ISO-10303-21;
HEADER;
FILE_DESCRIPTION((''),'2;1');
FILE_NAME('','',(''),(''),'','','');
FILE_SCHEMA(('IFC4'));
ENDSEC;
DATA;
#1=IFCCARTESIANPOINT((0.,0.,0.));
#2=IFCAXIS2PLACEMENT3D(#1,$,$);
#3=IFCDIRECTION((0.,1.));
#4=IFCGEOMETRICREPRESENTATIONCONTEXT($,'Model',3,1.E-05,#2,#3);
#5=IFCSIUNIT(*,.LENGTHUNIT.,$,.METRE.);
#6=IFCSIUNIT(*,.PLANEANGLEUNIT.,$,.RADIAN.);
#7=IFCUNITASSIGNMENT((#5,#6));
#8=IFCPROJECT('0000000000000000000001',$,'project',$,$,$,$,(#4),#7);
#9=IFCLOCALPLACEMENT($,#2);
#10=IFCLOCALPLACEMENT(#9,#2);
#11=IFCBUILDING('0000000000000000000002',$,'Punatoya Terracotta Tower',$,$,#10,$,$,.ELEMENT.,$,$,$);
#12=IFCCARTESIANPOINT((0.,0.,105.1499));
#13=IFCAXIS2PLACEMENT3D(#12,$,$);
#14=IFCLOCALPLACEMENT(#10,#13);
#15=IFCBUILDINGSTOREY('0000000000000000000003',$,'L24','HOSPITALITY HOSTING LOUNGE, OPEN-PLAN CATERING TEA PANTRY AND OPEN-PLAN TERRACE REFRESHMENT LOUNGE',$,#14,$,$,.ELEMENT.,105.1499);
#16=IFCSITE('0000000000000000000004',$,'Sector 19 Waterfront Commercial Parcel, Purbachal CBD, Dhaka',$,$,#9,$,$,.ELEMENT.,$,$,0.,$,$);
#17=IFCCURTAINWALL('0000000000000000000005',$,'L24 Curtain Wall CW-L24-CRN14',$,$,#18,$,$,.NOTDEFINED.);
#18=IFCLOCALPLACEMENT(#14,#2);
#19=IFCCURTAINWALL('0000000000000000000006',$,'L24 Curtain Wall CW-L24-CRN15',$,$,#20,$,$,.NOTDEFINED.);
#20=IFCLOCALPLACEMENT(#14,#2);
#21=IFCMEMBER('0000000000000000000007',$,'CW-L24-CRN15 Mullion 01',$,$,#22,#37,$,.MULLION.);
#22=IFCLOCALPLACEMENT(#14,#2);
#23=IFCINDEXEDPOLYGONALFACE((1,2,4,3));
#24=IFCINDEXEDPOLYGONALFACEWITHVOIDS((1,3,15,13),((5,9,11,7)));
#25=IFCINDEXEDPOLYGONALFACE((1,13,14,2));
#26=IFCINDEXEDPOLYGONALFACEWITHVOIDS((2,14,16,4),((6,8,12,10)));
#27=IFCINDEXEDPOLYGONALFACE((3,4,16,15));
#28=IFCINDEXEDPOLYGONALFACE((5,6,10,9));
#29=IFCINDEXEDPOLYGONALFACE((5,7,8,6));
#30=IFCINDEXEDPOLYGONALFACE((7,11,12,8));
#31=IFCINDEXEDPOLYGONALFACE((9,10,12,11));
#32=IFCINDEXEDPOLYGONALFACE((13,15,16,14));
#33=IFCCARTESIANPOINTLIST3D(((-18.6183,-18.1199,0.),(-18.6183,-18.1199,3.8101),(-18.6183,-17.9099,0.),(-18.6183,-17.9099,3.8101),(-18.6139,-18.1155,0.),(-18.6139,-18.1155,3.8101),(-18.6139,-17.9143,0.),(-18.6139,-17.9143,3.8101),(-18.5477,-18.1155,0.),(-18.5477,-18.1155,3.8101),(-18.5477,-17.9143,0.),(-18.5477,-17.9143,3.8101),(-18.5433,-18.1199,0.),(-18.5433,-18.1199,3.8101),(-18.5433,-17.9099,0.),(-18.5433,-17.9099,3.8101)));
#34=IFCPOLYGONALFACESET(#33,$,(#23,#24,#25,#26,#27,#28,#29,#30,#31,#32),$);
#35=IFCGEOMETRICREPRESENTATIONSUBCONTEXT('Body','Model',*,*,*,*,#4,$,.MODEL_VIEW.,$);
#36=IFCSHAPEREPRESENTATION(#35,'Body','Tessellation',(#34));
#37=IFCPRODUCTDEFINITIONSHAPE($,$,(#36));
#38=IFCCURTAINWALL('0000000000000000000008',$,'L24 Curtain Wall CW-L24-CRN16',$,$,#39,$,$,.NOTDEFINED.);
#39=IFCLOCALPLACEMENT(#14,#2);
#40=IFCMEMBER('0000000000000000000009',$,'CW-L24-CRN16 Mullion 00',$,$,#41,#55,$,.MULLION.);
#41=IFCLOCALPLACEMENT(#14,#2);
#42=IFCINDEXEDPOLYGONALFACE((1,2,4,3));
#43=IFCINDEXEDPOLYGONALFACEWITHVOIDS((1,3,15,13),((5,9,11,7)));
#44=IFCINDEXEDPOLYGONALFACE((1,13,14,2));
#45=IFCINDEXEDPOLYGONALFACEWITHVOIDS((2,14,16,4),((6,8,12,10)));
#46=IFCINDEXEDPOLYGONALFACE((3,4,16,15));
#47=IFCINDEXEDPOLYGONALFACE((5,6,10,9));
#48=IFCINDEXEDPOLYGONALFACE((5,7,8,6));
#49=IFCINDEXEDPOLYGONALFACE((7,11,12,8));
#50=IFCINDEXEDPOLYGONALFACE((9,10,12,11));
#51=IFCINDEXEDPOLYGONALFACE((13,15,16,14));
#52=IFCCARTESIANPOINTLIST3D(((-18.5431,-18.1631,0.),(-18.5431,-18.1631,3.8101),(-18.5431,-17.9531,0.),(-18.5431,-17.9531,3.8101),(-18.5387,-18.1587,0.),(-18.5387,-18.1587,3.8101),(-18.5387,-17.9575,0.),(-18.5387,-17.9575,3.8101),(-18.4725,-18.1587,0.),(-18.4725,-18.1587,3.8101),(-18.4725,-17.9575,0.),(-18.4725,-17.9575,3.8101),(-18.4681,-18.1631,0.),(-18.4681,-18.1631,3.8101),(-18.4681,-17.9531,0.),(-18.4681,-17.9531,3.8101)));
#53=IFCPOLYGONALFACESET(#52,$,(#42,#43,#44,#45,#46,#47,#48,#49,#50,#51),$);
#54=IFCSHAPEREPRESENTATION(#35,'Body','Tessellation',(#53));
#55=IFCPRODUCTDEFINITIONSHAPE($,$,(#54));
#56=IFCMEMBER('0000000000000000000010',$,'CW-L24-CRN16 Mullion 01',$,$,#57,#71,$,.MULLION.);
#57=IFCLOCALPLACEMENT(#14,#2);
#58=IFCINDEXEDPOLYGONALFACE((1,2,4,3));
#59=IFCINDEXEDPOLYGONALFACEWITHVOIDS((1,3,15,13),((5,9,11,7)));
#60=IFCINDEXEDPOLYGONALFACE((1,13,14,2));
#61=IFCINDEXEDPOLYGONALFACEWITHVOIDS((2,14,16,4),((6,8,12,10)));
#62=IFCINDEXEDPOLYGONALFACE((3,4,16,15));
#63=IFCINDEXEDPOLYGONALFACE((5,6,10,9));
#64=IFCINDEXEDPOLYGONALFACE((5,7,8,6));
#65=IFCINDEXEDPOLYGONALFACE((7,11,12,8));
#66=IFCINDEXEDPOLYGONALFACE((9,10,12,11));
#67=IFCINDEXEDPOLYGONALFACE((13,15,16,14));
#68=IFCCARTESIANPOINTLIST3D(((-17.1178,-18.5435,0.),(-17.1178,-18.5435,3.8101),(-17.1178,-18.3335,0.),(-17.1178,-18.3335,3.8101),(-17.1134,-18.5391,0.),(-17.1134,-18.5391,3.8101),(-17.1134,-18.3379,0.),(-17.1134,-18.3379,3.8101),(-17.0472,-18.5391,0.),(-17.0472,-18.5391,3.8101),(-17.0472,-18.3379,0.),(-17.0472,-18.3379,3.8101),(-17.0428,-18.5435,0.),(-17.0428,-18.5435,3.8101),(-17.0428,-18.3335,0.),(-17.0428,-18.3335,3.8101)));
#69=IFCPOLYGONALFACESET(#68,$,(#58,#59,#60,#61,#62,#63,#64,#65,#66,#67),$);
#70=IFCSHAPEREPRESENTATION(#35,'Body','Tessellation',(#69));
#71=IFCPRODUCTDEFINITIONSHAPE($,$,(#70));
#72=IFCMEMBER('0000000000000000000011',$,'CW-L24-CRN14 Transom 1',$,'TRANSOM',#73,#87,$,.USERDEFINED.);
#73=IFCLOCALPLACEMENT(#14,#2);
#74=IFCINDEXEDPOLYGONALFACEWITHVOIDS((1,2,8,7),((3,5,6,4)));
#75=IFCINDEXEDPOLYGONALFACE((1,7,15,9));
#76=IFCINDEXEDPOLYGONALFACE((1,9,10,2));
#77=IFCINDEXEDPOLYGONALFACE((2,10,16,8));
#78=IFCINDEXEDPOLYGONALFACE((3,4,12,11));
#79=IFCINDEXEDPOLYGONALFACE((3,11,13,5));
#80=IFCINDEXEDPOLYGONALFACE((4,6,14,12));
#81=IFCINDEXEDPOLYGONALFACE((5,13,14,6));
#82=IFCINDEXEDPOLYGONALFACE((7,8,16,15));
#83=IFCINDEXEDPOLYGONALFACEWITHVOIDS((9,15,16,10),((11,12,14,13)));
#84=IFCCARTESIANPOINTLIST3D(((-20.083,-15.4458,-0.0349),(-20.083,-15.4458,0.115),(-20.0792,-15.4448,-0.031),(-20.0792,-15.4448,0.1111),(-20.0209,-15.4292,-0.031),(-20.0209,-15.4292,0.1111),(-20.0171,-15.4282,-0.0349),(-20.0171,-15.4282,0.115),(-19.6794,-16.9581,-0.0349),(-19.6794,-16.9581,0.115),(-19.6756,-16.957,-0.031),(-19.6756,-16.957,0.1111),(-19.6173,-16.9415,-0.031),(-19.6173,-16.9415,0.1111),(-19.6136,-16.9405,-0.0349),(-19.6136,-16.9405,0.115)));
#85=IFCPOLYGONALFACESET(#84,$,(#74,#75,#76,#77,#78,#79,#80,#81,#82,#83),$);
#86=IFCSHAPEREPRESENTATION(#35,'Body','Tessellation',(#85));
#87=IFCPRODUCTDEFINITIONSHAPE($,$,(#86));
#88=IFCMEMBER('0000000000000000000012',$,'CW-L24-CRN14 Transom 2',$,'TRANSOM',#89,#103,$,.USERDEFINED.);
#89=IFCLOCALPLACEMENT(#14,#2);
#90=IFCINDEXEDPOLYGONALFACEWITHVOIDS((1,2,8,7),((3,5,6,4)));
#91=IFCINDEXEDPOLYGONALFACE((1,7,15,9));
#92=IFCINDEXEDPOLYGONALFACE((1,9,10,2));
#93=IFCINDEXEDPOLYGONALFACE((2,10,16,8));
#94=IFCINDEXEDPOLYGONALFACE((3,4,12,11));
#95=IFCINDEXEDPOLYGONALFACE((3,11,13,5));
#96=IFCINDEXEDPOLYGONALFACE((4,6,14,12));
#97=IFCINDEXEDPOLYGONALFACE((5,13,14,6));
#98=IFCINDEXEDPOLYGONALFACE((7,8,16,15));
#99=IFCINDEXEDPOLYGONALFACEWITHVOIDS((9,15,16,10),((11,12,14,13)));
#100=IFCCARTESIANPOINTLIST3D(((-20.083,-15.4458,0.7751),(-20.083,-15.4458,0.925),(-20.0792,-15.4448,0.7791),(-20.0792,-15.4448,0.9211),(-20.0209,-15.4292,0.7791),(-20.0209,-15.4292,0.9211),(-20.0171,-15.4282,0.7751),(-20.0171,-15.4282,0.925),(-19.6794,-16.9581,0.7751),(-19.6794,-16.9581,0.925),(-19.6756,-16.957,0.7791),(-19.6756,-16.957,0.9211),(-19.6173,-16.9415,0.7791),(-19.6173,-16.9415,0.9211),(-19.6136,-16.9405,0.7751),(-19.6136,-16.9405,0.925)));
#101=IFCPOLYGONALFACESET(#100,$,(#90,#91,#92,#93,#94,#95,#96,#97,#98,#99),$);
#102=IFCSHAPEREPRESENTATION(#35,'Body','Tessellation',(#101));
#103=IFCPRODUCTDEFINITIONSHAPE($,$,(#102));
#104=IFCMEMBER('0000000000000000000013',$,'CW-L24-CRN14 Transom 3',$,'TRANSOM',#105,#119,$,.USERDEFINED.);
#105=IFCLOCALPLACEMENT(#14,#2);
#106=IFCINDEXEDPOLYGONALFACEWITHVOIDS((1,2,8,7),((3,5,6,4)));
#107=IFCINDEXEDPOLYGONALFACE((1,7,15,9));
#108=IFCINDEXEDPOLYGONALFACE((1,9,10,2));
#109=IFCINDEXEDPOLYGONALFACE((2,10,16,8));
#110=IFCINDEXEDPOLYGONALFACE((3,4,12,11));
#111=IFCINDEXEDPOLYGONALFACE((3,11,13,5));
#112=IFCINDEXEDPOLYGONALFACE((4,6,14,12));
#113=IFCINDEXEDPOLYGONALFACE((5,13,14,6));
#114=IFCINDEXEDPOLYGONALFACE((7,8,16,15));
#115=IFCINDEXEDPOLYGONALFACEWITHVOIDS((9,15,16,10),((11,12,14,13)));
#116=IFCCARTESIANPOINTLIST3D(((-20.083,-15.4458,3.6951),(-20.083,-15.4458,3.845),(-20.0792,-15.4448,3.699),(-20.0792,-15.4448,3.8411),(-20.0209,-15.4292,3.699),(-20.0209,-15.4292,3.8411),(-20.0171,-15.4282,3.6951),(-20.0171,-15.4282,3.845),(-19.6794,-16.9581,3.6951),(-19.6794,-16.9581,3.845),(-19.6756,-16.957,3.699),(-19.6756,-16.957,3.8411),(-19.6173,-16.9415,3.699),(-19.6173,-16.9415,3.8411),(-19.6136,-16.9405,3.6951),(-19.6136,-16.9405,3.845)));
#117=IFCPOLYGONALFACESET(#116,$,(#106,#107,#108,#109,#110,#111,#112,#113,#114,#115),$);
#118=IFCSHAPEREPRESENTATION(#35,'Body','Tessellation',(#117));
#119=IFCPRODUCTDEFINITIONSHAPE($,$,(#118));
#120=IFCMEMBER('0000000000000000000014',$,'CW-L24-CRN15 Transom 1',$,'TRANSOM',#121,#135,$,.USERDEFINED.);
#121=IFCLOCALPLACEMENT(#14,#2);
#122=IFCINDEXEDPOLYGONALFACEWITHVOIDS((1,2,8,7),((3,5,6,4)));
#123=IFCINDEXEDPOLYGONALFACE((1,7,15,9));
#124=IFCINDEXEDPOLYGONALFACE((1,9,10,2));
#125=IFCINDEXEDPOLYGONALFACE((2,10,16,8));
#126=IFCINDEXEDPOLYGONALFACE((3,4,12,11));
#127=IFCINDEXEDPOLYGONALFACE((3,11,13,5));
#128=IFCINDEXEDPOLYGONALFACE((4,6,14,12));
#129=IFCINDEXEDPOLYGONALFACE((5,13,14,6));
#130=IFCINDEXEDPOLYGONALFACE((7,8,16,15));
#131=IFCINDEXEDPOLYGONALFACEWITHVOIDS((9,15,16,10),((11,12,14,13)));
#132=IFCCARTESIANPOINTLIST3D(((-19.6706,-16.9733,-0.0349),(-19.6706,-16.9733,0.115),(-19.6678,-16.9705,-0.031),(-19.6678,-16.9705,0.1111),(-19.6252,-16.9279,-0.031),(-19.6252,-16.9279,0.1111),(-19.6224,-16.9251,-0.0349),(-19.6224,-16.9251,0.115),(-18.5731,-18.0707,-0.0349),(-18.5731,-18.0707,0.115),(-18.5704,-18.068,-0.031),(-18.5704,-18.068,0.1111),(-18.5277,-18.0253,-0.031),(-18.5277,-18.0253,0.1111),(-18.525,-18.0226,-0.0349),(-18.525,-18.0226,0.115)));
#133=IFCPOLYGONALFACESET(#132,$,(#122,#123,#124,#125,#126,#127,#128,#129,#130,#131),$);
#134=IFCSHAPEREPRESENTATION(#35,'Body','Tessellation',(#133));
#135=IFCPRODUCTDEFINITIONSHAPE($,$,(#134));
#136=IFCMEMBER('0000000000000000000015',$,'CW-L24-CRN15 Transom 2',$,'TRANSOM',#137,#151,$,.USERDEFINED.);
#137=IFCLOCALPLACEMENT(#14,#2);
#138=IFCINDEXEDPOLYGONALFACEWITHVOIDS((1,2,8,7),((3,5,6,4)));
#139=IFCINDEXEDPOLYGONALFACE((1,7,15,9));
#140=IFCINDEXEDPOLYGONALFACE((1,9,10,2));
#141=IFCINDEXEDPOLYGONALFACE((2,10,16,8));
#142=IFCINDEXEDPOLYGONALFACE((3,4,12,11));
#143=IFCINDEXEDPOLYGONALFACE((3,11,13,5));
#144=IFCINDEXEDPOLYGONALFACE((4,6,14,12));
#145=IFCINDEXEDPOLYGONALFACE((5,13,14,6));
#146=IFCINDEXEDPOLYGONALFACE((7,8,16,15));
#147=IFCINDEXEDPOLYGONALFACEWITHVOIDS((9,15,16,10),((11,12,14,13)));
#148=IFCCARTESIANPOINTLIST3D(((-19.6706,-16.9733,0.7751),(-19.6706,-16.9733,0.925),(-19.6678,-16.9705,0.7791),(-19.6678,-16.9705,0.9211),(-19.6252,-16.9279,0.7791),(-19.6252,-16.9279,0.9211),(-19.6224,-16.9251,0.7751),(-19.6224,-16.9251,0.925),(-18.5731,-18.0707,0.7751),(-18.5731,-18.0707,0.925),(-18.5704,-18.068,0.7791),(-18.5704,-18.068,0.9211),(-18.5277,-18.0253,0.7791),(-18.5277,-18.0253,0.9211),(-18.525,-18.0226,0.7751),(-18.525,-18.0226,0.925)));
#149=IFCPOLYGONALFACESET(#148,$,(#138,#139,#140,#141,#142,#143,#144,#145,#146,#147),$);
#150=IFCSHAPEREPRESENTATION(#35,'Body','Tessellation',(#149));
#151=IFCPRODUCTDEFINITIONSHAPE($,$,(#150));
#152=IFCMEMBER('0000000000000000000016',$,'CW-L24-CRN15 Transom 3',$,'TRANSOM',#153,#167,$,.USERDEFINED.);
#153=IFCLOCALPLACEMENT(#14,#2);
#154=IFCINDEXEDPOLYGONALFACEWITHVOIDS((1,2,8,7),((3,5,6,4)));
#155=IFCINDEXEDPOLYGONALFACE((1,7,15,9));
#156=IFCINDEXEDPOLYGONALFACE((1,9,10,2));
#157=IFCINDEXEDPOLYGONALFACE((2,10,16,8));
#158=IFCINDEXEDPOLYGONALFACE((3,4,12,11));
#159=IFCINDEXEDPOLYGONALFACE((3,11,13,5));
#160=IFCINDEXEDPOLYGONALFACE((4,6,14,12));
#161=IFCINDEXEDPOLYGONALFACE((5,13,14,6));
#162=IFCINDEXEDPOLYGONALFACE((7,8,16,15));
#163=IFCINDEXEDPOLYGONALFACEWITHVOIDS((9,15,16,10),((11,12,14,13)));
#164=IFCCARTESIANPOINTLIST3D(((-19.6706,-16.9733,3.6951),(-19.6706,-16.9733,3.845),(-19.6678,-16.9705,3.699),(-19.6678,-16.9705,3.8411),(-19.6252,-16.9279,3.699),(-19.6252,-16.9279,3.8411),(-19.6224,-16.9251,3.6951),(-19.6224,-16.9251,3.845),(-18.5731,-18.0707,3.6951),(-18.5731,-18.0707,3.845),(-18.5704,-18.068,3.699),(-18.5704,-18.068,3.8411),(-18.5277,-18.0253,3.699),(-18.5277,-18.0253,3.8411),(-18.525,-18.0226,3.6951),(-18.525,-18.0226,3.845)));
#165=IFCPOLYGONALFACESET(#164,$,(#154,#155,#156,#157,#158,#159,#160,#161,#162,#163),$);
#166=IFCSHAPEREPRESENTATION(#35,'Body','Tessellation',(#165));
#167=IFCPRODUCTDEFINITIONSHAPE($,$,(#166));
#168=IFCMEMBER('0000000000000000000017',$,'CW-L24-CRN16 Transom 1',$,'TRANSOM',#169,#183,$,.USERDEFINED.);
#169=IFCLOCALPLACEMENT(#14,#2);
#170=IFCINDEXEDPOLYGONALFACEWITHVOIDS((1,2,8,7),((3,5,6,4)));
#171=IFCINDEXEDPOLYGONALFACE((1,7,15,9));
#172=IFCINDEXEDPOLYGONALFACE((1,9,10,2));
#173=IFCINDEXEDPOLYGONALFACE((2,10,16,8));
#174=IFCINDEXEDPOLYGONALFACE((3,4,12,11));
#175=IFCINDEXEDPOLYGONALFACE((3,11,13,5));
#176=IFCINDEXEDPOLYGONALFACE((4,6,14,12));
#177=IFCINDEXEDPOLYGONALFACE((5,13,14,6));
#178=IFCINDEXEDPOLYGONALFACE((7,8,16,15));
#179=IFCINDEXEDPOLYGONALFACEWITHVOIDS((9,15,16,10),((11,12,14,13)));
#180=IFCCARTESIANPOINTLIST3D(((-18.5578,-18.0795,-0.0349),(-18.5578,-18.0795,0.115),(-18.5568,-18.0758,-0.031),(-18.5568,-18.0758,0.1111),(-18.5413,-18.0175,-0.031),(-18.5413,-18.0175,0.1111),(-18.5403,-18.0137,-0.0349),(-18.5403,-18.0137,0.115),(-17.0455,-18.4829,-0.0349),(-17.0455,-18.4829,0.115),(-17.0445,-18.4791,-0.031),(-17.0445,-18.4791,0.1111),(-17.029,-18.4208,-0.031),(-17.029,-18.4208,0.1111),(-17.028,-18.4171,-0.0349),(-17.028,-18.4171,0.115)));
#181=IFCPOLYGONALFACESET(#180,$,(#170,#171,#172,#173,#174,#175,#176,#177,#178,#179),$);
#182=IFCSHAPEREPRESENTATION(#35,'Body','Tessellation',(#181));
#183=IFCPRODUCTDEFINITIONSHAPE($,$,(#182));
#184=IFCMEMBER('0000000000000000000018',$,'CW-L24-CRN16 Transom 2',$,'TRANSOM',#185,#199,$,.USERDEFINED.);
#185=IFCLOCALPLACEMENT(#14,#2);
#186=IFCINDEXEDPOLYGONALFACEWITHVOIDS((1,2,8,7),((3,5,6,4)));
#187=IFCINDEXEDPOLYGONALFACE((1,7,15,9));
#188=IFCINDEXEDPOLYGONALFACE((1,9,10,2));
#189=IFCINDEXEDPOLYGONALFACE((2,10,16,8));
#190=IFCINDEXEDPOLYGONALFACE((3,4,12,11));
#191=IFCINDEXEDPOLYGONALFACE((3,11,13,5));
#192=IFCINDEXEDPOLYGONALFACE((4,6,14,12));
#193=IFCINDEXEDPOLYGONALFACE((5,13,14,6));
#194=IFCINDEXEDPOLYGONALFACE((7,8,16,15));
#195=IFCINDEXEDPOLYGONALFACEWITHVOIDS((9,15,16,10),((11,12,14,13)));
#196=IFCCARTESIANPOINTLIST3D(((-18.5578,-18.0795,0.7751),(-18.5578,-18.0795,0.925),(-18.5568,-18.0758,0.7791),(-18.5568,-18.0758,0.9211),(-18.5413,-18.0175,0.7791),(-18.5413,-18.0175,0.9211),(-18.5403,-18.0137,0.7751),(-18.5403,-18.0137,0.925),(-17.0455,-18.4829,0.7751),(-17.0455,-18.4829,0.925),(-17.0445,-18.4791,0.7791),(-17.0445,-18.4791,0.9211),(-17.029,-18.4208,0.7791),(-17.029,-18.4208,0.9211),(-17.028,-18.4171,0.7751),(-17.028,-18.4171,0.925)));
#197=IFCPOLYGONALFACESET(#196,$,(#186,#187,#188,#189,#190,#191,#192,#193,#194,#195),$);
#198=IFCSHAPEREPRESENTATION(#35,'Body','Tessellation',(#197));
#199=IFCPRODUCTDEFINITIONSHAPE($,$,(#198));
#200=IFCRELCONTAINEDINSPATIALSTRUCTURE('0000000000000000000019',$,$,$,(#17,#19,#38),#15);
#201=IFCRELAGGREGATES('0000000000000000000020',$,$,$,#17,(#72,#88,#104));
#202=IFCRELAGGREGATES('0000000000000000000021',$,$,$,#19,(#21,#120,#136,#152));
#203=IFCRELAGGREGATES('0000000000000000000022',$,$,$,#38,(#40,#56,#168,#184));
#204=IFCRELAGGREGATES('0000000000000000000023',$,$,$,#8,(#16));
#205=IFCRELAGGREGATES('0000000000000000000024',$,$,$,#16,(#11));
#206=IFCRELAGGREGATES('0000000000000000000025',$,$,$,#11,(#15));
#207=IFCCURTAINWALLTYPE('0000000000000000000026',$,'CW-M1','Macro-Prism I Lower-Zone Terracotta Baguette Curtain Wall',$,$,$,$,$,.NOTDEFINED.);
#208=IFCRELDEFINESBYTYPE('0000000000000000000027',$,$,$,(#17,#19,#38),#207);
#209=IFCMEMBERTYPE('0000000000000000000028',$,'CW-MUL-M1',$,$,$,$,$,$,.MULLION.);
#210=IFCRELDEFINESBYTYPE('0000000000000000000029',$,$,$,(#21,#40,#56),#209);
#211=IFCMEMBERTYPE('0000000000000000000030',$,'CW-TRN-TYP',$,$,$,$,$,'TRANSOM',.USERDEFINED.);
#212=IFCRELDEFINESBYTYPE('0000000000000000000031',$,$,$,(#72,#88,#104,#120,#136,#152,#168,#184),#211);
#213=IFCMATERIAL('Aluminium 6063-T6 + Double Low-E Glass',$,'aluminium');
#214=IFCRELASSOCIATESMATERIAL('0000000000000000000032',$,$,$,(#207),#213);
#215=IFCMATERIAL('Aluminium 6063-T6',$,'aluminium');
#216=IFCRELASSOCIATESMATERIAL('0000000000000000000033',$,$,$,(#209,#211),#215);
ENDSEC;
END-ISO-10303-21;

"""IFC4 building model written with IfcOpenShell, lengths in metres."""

from ifc_helpers import new_model, si_unit, direction, frame, origin, origin_2d, place, context, subcontext, project, spatial, hollow_rectangle, extrude, material, material_profile, profile_set, type_object, element, aggregate, save


model = new_model("IFC4")

# Units and contexts
model_context = context("Model", 3, precision=1e-05, world=origin(), true_north=direction((0.0, 1.0)))
body_context = subcontext(model_context, "Body", "Model", "MODEL_VIEW")
ifc_project = project(units=[si_unit("LENGTHUNIT", "METRE"), si_unit("PLANEANGLEUNIT", "RADIAN")], contexts=[model_context])

# Site, building, storey
site_placement = place(None, origin())
site = spatial("IfcSite", under=ifc_project, at=site_placement, Name="Sector 19 Waterfront Commercial Parcel, Purbachal CBD, Dhaka", CompositionType="ELEMENT", RefElevation=0.0)
building_placement = place(site_placement, origin())
building = spatial("IfcBuilding", under=site, at=building_placement, Name="Punatoya Terracotta Tower", CompositionType="ELEMENT")
storey_placement = place(building_placement, frame((0.0, 0.0, 105.1499)))
storey = spatial("IfcBuildingStorey", under=building, at=storey_placement, Name="L24", Description="HOSPITALITY HOSTING LOUNGE, OPEN-PLAN CATERING TEA PANTRY AND OPEN-PLAN TERRACE REFRESHMENT LOUNGE", CompositionType="ELEMENT", Elevation=105.1499)

# Shared definitions
ifc_material_1 = material(Name="Aluminium 6063-T6 + Double Low-E Glass", Category="aluminium")
curtain_wall_type = type_object("IfcCurtainWallType", Name="CW-M1", Description="Macro-Prism I Lower-Zone Terracotta Baguette Curtain Wall", PredefinedType="NOTDEFINED", material=ifc_material_1)
ifc_material_2 = material(Name="Aluminium 6063-T6", Category="aluminium")
ifc_material_profile_1 = material_profile(ifc_material_2, hollow_rectangle(XDim=0.075, YDim=0.21, WallThickness=0.0044, at=origin_2d()))
ifc_profile_set_1 = profile_set([ifc_material_profile_1], Name="Aluminium 6063-T6")
member_type_1 = type_object("IfcMemberType", Name="CW-MUL-M1", PredefinedType="MULLION", material=ifc_profile_set_1)

# Curtain walls, members
curtain_wall_1_placement = place(storey_placement, origin())
curtain_wall_1 = element("IfcCurtainWall", 1, at=curtain_wall_1_placement, inside=storey, type_object=curtain_wall_type, Name="L24 Curtain Wall CW-L24-CRN14", PredefinedType="NOTDEFINED")
curtain_wall_2_placement = place(storey_placement, origin())
curtain_wall_2 = element("IfcCurtainWall", 2, at=curtain_wall_2_placement, inside=storey, type_object=curtain_wall_type, Name="L24 Curtain Wall CW-L24-CRN15", PredefinedType="NOTDEFINED")
member_1_placement = place(storey_placement, frame((-18.5808, -18.0149, 0.0), z_axis=(0.0, 0.0, 1.0), x_axis=(1.0, 0.0, 0.0)))
member_1 = element("IfcMember", 3, at=member_1_placement, type_object=member_type_1, Name="CW-L24-CRN15 Mullion 01", PredefinedType="MULLION", context=body_context, shape_type="SweptSolid", body=[
    extrude(hollow_rectangle(XDim=0.075, YDim=0.21, WallThickness=0.0044, at=origin_2d()), origin(), (0.0, 0.0, 1.0), 3.8101),
])
curtain_wall_3_placement = place(storey_placement, origin())
curtain_wall_3 = element("IfcCurtainWall", 4, at=curtain_wall_3_placement, inside=storey, type_object=curtain_wall_type, Name="L24 Curtain Wall CW-L24-CRN16", PredefinedType="NOTDEFINED")
member_2_placement = place(storey_placement, frame((-18.5056, -18.0581, 0.0), z_axis=(0.0, 0.0, 1.0), x_axis=(1.0, 0.0, 0.0)))
member_2 = element("IfcMember", 5, at=member_2_placement, type_object=member_type_1, Name="CW-L24-CRN16 Mullion 00", PredefinedType="MULLION", context=body_context, shape_type="SweptSolid", body=[
    extrude(hollow_rectangle(XDim=0.075, YDim=0.21, WallThickness=0.0044, at=origin_2d()), origin(), (0.0, 0.0, 1.0), 3.8101),
])
member_3_placement = place(storey_placement, frame((-17.0803, -18.4385, 0.0), z_axis=(0.0, 0.0, 1.0), x_axis=(1.0, 0.0, 0.0)))
member_3 = element("IfcMember", 6, at=member_3_placement, type_object=member_type_1, Name="CW-L24-CRN16 Mullion 01", PredefinedType="MULLION", context=body_context, shape_type="SweptSolid", body=[
    extrude(hollow_rectangle(XDim=0.075, YDim=0.21, WallThickness=0.0044, at=origin_2d()), origin(), (0.0, 0.0, 1.0), 3.8101),
])

# Members
ifc_material_profile_2 = material_profile(ifc_material_2, hollow_rectangle(XDim=0.0681, YDim=0.1499, WallThickness=0.0039, at=origin_2d()))
ifc_profile_set_2 = profile_set([ifc_material_profile_2], Name="Aluminium 6063-T6")
member_type_2 = type_object("IfcMemberType", Name="CW-TRN-TYP", ElementType="TRANSOM", PredefinedType="USERDEFINED", material=ifc_profile_set_2)
member_4_placement = place(storey_placement, frame((-20.05, -15.437, 0.04), z_axis=(0.257847, -0.966186, 0.0), x_axis=(0.966186, 0.257847, 0.0)))
member_4 = element("IfcMember", 7, at=member_4_placement, type_object=member_type_2, Name="CW-L24-CRN14 Transom 1", ObjectType="TRANSOM", PredefinedType="USERDEFINED", context=body_context, shape_type="SweptSolid", body=[
    extrude(hollow_rectangle(XDim=0.0681, YDim=0.1499, WallThickness=0.0039, at=origin_2d()), origin(), (0.0, 0.0, 1.0), 1.5652),
])
member_5_placement = place(storey_placement, frame((-20.05, -15.437, 0.8501), z_axis=(0.257847, -0.966186, 0.0), x_axis=(0.966186, 0.257847, 0.0)))
member_5 = element("IfcMember", 8, at=member_5_placement, type_object=member_type_2, Name="CW-L24-CRN14 Transom 2", ObjectType="TRANSOM", PredefinedType="USERDEFINED", context=body_context, shape_type="SweptSolid", body=[
    extrude(hollow_rectangle(XDim=0.0681, YDim=0.1499, WallThickness=0.0039, at=origin_2d()), origin(), (0.0, 0.0, 1.0), 1.5652),
])
member_6_placement = place(storey_placement, frame((-20.05, -15.437, 3.77), z_axis=(0.257847, -0.966186, 0.0), x_axis=(0.966186, 0.257847, 0.0)))
member_6 = element("IfcMember", 9, at=member_6_placement, type_object=member_type_2, Name="CW-L24-CRN14 Transom 3", ObjectType="TRANSOM", PredefinedType="USERDEFINED", context=body_context, shape_type="SweptSolid", body=[
    extrude(hollow_rectangle(XDim=0.0681, YDim=0.1499, WallThickness=0.0039, at=origin_2d()), origin(), (0.0, 0.0, 1.0), 1.5652),
])
member_7_placement = place(storey_placement, frame((-19.6465, -16.9492, 0.04), z_axis=(0.707107, -0.707107, 0.0), x_axis=(0.707107, 0.707107, 0.0)))
member_7 = element("IfcMember", 10, at=member_7_placement, type_object=member_type_2, Name="CW-L24-CRN15 Transom 1", ObjectType="TRANSOM", PredefinedType="USERDEFINED", context=body_context, shape_type="SweptSolid", body=[
    extrude(hollow_rectangle(XDim=0.0681, YDim=0.1499, WallThickness=0.0039, at=origin_2d()), origin(), (0.0, 0.0, 1.0), 1.552),
])
member_8_placement = place(storey_placement, frame((-19.6465, -16.9492, 0.8501), z_axis=(0.707107, -0.707107, 0.0), x_axis=(0.707107, 0.707107, 0.0)))
member_8 = element("IfcMember", 11, at=member_8_placement, type_object=member_type_2, Name="CW-L24-CRN15 Transom 2", ObjectType="TRANSOM", PredefinedType="USERDEFINED", context=body_context, shape_type="SweptSolid", body=[
    extrude(hollow_rectangle(XDim=0.0681, YDim=0.1499, WallThickness=0.0039, at=origin_2d()), origin(), (0.0, 0.0, 1.0), 1.552),
])
member_9_placement = place(storey_placement, frame((-19.6465, -16.9492, 3.77), z_axis=(0.707107, -0.707107, 0.0), x_axis=(0.707107, 0.707107, 0.0)))
member_9 = element("IfcMember", 12, at=member_9_placement, type_object=member_type_2, Name="CW-L24-CRN15 Transom 3", ObjectType="TRANSOM", PredefinedType="USERDEFINED", context=body_context, shape_type="SweptSolid", body=[
    extrude(hollow_rectangle(XDim=0.0681, YDim=0.1499, WallThickness=0.0039, at=origin_2d()), origin(), (0.0, 0.0, 1.0), 1.552),
])
member_10_placement = place(storey_placement, frame((-18.5491, -18.0466, 0.04), z_axis=(0.966225, -0.257701, 0.0), x_axis=(0.257701, 0.966225, 0.0)))
member_10 = element("IfcMember", 13, at=member_10_placement, type_object=member_type_2, Name="CW-L24-CRN16 Transom 1", ObjectType="TRANSOM", PredefinedType="USERDEFINED", context=body_context, shape_type="SweptSolid", body=[
    extrude(hollow_rectangle(XDim=0.0681, YDim=0.1499, WallThickness=0.0039, at=origin_2d()), origin(), (0.0, 0.0, 1.0), 1.5652),
])
member_11_placement = place(storey_placement, frame((-18.5491, -18.0466, 0.8501), z_axis=(0.966225, -0.257701, 0.0), x_axis=(0.257701, 0.966225, 0.0)))
member_11 = element("IfcMember", 14, at=member_11_placement, type_object=member_type_2, Name="CW-L24-CRN16 Transom 2", ObjectType="TRANSOM", PredefinedType="USERDEFINED", context=body_context, shape_type="SweptSolid", body=[
    extrude(hollow_rectangle(XDim=0.0681, YDim=0.1499, WallThickness=0.0039, at=origin_2d()), origin(), (0.0, 0.0, 1.0), 1.5652),
])

aggregate(curtain_wall_1, [member_4, member_5, member_6])
aggregate(curtain_wall_2, [member_1, member_7, member_8, member_9])
aggregate(curtain_wall_3, [member_2, member_3, member_10, member_11])

save(model, "model.ifc")
